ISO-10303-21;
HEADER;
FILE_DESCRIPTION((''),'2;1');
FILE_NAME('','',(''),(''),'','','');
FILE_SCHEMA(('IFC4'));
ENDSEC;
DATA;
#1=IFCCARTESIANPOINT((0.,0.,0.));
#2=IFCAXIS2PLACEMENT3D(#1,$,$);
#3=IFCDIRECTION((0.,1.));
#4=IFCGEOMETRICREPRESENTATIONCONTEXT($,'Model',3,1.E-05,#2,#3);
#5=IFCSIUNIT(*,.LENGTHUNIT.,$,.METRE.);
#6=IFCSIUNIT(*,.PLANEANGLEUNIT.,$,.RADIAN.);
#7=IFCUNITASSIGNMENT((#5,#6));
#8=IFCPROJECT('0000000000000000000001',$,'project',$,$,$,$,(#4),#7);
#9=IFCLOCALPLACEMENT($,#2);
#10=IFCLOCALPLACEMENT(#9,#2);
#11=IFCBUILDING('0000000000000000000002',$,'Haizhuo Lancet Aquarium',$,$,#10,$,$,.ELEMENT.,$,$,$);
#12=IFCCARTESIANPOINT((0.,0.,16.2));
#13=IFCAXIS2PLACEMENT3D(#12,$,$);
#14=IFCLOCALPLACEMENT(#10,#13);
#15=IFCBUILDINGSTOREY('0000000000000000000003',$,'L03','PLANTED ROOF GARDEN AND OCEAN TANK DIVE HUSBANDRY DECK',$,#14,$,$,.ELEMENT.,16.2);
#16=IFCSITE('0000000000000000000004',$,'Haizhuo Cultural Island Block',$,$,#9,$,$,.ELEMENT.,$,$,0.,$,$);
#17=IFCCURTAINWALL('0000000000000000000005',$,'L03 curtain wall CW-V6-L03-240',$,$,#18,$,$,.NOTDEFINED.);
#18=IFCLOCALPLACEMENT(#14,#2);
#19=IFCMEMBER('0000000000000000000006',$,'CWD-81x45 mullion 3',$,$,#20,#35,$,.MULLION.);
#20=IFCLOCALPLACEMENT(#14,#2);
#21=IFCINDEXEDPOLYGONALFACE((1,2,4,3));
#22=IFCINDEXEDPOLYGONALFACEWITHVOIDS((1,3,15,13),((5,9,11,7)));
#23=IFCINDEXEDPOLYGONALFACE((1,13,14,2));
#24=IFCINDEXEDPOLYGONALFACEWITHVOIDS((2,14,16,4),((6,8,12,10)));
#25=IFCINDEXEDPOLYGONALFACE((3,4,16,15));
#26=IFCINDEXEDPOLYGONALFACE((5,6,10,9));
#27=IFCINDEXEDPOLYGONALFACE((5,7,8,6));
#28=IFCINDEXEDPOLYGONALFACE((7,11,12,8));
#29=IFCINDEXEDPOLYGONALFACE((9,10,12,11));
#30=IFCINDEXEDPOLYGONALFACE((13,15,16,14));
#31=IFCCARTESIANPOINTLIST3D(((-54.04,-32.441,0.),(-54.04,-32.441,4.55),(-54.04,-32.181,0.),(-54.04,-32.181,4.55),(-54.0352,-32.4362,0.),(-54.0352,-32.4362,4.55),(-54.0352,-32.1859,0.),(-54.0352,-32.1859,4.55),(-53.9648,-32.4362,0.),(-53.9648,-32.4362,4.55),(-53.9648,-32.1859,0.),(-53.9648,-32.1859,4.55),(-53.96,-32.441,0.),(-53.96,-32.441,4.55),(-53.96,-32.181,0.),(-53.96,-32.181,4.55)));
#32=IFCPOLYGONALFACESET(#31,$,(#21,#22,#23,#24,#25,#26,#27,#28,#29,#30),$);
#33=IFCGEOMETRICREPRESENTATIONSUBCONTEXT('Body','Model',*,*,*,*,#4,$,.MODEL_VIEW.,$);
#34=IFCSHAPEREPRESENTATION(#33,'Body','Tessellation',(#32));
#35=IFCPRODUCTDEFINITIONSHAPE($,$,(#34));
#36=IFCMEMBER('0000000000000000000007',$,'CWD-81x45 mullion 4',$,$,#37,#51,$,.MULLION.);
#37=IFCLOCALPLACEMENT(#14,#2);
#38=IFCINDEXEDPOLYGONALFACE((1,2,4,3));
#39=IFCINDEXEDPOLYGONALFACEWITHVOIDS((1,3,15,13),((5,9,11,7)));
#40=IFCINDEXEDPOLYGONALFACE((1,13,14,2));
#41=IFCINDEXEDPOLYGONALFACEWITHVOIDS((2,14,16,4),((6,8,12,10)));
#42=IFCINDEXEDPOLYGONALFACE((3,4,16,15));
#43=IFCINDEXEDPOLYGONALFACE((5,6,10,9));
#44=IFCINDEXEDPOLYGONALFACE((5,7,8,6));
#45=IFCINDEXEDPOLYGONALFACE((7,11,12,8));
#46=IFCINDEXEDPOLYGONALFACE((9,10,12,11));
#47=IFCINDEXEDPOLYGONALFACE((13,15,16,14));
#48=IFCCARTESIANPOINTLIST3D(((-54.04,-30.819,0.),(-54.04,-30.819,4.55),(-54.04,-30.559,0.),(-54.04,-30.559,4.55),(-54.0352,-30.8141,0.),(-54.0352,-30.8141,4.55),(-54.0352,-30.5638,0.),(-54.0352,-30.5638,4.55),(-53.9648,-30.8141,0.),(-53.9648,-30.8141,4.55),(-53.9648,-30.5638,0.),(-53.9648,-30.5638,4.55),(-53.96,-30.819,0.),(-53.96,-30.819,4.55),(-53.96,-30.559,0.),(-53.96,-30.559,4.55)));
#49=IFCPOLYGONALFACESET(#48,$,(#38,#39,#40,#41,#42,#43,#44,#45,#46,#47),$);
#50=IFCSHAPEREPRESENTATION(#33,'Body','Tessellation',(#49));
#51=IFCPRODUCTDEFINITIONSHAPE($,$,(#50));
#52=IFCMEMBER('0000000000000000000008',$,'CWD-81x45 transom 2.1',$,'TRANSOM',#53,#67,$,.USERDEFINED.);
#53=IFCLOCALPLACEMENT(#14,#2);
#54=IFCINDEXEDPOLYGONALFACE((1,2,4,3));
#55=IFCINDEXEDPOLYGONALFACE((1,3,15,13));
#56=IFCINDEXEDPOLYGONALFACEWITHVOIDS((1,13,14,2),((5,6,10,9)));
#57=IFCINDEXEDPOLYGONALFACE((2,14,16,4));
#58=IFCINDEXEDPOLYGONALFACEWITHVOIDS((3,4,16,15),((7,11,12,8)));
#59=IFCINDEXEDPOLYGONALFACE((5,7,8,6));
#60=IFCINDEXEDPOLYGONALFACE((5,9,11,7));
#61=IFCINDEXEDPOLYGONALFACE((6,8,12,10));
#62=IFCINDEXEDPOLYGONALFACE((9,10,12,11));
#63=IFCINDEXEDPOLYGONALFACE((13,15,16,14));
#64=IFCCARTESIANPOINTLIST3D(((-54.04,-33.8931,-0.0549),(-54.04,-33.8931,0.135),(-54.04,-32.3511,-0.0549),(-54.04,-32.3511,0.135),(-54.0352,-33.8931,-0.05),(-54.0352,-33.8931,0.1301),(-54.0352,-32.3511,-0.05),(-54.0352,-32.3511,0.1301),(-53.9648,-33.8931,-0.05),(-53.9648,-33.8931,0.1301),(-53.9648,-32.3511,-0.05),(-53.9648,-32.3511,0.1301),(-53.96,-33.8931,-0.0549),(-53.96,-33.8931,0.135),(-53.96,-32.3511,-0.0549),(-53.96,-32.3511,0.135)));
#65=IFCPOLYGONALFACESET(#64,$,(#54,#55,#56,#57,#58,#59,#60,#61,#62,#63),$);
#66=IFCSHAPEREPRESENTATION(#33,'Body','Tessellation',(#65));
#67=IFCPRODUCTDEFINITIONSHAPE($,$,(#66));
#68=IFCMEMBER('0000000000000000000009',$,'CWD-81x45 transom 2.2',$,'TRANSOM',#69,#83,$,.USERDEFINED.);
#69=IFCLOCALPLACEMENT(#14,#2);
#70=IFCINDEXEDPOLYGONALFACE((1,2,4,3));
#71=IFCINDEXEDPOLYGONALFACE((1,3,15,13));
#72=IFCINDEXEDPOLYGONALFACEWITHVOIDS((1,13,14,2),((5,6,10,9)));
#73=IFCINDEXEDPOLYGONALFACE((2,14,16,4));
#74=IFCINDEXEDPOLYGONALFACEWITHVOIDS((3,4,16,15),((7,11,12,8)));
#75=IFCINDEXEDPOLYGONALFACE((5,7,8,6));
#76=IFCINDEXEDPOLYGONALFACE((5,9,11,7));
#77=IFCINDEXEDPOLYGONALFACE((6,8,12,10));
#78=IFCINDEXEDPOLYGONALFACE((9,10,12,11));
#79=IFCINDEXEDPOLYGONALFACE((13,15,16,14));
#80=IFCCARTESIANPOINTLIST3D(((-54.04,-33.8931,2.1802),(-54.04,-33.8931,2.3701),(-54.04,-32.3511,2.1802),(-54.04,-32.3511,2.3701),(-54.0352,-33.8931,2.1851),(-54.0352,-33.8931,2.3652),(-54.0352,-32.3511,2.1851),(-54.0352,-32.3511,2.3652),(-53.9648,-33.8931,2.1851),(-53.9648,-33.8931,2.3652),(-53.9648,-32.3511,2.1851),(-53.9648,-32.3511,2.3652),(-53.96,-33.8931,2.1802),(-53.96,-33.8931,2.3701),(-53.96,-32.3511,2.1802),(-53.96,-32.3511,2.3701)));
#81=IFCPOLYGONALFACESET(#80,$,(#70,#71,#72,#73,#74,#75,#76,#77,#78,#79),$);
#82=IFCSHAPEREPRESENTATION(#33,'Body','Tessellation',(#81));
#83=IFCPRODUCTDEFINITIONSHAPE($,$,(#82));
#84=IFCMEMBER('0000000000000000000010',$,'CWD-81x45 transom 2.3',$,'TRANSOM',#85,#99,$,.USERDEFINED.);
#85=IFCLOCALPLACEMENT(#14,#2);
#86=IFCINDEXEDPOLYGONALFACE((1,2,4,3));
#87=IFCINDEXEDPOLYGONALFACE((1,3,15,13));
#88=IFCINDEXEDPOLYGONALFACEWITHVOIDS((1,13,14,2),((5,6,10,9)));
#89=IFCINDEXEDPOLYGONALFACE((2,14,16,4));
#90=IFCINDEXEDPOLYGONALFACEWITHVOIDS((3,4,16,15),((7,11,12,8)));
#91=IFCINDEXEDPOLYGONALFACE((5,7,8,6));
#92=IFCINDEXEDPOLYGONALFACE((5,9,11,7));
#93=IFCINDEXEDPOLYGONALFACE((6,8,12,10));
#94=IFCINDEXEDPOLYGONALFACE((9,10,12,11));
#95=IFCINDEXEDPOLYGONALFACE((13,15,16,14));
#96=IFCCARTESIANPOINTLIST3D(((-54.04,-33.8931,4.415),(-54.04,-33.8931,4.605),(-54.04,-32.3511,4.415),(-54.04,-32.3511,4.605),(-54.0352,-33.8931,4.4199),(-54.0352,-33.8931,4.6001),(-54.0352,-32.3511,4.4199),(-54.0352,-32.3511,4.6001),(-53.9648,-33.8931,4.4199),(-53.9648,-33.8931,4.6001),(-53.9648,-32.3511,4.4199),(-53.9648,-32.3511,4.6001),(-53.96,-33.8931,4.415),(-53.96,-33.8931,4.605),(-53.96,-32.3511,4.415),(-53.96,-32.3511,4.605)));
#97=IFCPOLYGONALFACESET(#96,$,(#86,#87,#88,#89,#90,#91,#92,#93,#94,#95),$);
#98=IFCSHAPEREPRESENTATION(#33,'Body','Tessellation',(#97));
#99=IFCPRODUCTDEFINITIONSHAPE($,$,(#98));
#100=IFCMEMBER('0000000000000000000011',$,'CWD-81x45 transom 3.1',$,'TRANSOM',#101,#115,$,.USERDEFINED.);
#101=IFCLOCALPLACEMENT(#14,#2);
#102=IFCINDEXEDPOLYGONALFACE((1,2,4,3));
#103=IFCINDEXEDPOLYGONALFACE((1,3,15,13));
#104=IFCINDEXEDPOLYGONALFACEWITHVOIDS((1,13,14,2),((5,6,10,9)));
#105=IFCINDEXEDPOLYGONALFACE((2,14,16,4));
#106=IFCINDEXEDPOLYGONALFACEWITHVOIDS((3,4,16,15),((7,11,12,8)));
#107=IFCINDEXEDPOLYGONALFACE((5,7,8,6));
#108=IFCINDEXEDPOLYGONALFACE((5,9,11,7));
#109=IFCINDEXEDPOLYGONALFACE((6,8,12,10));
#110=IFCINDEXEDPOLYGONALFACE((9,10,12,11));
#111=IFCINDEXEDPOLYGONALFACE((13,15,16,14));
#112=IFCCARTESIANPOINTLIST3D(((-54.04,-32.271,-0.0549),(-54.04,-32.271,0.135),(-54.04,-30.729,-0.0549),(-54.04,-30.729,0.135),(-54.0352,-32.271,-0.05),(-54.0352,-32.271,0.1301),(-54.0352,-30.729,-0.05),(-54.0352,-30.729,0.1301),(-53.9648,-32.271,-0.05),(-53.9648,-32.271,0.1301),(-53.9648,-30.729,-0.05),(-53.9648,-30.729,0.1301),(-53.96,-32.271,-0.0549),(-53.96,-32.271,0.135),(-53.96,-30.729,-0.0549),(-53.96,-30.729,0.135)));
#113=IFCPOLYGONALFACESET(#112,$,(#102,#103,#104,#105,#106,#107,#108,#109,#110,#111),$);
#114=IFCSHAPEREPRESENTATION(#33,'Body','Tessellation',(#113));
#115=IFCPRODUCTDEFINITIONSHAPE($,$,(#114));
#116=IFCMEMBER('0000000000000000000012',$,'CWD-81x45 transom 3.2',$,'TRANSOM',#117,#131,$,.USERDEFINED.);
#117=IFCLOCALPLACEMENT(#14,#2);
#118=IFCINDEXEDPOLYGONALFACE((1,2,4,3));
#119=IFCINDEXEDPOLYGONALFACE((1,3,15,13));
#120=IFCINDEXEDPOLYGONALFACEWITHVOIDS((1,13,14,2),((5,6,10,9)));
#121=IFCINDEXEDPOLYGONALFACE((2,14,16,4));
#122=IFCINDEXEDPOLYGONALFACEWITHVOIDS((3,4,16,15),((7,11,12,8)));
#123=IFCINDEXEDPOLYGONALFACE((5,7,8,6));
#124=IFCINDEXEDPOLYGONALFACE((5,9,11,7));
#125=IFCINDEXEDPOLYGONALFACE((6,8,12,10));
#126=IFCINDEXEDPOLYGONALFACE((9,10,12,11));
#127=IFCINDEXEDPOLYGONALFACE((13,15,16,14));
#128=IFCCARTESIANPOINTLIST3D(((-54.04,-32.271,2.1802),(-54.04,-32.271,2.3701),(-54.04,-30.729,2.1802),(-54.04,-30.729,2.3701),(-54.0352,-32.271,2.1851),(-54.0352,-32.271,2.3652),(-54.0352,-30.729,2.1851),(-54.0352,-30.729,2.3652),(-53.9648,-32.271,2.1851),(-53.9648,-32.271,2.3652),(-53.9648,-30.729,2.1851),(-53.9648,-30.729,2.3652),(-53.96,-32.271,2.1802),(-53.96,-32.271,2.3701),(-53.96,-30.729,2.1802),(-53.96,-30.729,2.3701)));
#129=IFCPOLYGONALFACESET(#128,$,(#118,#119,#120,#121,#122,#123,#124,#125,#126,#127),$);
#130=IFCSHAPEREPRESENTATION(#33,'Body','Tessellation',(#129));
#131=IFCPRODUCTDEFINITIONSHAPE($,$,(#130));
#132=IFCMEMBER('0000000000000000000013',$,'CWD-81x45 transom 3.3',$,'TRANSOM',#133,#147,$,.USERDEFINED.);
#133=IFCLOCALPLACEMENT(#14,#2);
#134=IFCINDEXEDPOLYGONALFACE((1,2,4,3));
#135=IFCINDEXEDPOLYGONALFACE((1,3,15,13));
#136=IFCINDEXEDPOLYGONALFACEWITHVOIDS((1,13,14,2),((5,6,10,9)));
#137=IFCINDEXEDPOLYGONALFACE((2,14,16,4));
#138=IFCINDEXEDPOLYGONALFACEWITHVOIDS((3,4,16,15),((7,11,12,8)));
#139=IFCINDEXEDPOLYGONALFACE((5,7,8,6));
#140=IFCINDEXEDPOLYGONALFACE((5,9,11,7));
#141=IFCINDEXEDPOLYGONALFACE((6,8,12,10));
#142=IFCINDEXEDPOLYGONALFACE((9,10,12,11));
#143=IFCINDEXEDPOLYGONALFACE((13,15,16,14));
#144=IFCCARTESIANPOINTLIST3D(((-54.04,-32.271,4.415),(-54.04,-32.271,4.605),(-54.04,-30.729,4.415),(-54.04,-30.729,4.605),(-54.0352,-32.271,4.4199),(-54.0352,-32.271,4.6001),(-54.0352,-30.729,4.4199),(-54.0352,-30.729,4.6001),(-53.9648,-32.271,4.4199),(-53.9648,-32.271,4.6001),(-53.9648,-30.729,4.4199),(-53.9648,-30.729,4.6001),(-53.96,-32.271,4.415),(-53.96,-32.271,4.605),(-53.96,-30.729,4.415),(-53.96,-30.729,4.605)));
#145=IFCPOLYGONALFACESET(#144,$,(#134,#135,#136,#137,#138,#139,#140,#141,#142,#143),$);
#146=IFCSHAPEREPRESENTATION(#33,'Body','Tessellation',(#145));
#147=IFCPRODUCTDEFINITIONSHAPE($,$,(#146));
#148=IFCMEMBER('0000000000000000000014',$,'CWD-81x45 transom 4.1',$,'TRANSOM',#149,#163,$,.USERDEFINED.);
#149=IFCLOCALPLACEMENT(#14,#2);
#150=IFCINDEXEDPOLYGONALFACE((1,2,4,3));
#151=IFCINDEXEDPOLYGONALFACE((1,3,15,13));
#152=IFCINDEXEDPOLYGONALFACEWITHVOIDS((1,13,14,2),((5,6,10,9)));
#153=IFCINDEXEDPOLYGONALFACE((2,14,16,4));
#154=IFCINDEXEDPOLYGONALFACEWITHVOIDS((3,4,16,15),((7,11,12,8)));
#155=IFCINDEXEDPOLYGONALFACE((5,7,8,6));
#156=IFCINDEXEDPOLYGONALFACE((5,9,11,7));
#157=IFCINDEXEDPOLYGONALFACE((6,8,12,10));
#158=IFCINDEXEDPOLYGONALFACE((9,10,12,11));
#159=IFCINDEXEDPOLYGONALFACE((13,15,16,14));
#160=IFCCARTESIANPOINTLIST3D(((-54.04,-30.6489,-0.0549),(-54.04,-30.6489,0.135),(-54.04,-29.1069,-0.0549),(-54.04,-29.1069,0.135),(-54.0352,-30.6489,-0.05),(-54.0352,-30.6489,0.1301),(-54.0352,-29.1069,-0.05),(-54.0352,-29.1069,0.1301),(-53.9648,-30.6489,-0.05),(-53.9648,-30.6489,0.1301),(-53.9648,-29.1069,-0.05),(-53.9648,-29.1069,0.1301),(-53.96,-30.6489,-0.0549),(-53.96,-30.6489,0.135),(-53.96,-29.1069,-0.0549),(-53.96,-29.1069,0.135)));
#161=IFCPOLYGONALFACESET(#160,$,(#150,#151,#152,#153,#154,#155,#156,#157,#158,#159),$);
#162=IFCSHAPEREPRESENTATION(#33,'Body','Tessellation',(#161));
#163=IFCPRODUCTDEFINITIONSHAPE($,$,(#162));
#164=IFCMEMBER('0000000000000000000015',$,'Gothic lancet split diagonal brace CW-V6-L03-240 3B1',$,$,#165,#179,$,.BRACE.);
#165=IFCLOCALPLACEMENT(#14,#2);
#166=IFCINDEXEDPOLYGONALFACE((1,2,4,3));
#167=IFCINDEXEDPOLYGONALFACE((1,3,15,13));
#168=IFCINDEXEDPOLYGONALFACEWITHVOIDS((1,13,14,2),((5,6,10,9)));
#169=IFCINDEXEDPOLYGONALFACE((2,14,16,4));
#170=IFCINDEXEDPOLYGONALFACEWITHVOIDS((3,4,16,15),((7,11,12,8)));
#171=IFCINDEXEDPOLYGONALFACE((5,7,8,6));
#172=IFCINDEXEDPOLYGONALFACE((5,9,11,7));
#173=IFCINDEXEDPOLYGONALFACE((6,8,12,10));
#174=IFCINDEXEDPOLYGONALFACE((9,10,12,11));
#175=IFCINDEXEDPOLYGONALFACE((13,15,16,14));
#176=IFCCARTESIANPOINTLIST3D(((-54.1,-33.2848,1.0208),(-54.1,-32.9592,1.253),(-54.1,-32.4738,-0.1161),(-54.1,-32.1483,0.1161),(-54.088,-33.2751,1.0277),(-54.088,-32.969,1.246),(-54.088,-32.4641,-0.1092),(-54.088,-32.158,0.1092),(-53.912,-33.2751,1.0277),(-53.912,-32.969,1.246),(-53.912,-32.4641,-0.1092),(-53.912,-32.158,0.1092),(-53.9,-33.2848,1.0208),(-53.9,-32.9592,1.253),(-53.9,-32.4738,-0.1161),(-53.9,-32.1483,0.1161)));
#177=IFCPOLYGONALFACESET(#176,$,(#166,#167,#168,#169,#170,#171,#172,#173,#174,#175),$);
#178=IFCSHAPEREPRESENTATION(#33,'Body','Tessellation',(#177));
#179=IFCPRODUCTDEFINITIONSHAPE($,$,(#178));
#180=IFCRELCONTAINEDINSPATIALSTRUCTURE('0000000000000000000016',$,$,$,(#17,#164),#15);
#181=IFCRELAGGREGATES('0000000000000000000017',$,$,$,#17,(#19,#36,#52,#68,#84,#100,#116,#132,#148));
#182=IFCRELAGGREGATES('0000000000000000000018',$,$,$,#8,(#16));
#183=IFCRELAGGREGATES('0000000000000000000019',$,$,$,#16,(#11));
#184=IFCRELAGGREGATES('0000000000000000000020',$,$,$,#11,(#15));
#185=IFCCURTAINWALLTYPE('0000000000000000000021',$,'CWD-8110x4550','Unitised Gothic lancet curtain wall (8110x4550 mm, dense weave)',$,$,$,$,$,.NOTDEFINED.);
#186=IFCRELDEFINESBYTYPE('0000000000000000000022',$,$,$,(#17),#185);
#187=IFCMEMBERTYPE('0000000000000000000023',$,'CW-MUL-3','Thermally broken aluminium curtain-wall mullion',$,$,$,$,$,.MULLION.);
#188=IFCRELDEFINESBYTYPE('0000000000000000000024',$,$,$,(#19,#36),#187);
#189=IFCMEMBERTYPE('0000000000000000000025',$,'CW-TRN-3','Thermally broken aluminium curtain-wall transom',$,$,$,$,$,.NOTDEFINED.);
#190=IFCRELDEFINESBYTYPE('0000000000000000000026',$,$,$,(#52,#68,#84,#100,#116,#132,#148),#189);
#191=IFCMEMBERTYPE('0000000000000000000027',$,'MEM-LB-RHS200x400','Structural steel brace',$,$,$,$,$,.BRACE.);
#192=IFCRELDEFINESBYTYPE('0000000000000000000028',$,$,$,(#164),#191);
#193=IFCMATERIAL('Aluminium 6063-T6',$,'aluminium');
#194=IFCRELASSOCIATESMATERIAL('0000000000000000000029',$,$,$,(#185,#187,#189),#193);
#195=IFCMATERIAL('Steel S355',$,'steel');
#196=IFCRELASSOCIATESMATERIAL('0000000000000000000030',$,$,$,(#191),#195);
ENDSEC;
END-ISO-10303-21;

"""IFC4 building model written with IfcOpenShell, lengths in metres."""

from ifc_helpers import new_model, si_unit, direction, frame, origin, origin_2d, place, context, subcontext, project, spatial, hollow_rectangle, extrude, material, material_profile, profile_set, type_object, element, aggregate, save


model = new_model("IFC4")

# Units and contexts
model_context = context("Model", 3, precision=1e-05, world=origin(), true_north=direction((0.0, 1.0)))
body_context = subcontext(model_context, "Body", "Model", "MODEL_VIEW")
ifc_project = project(units=[si_unit("LENGTHUNIT", "METRE"), si_unit("PLANEANGLEUNIT", "RADIAN")], contexts=[model_context])

# Site, building, storey
site_placement = place(None, origin())
site = spatial("IfcSite", under=ifc_project, at=site_placement, Name="Haizhuo Cultural Island Block", CompositionType="ELEMENT", RefElevation=0.0)
building_placement = place(site_placement, origin())
building = spatial("IfcBuilding", under=site, at=building_placement, Name="Haizhuo Lancet Aquarium", CompositionType="ELEMENT")
storey_placement = place(building_placement, frame((0.0, 0.0, 16.2)))
storey = spatial("IfcBuildingStorey", under=building, at=storey_placement, Name="L03", Description="PLANTED ROOF GARDEN AND OCEAN TANK DIVE HUSBANDRY DECK", CompositionType="ELEMENT", Elevation=16.2)

# Curtain wall, members
ifc_material_1 = material(Name="Aluminium 6063-T6", Category="aluminium")
curtain_wall_type = type_object("IfcCurtainWallType", Name="CWD-8110x4550", Description="Unitised Gothic lancet curtain wall (8110x4550 mm, dense weave)", PredefinedType="NOTDEFINED", material=ifc_material_1)
curtain_wall_placement = place(storey_placement, origin())
curtain_wall = element("IfcCurtainWall", 1, at=curtain_wall_placement, inside=storey, type_object=curtain_wall_type, Name="L03 curtain wall CW-V6-L03-240", PredefinedType="NOTDEFINED")
ifc_material_profile_1 = material_profile(ifc_material_1, hollow_rectangle(XDim=0.0801, YDim=0.26, WallThickness=0.0049, at=origin_2d()), Name="ALU-M 80x260x5")
ifc_profile_set_1 = profile_set([ifc_material_profile_1], Name="Aluminium 6063-T6")
member_type_1 = type_object("IfcMemberType", Name="CW-MUL-3", Description="Thermally broken aluminium curtain-wall mullion", PredefinedType="MULLION", material=ifc_profile_set_1)
member_1_placement = place(storey_placement, frame((-54.0, -32.311, 0.0), z_axis=(0.0, 0.0, 1.0), x_axis=(-1.0, 0.0, 0.0)))
member_1 = element("IfcMember", 2, at=member_1_placement, type_object=member_type_1, Name="CWD-81x45 mullion 3", PredefinedType="MULLION", context=body_context, shape_type="SweptSolid", body=[
    extrude(hollow_rectangle(XDim=0.0801, YDim=0.26, WallThickness=0.0049, at=origin_2d()), origin(), (0.0, 0.0, 1.0), 4.55),
])
member_2_placement = place(storey_placement, frame((-54.0, -30.689, 0.0), z_axis=(0.0, 0.0, 1.0), x_axis=(-1.0, 0.0, 0.0)))
member_2 = element("IfcMember", 3, at=member_2_placement, type_object=member_type_1, Name="CWD-81x45 mullion 4", PredefinedType="MULLION", context=body_context, shape_type="SweptSolid", body=[
    extrude(hollow_rectangle(XDim=0.0801, YDim=0.26, WallThickness=0.0049, at=origin_2d()), origin(), (0.0, 0.0, 1.0), 4.55),
])
ifc_material_profile_2 = material_profile(ifc_material_1, hollow_rectangle(XDim=0.0801, YDim=0.1899, WallThickness=0.0049, at=origin_2d()), Name="ALU-T 80x190x5")
ifc_profile_set_2 = profile_set([ifc_material_profile_2], Name="Aluminium 6063-T6")
member_type_2 = type_object("IfcMemberType", Name="CW-TRN-3", Description="Thermally broken aluminium curtain-wall transom", PredefinedType="NOTDEFINED", material=ifc_profile_set_2)
member_3_placement = place(storey_placement, frame((-54.0, -33.8931, 0.04), z_axis=(0.0, 1.0, 0.0), x_axis=(-1.0, 0.0, 0.0)))
member_3 = element("IfcMember", 4, at=member_3_placement, type_object=member_type_2, Name="CWD-81x45 transom 2.1", ObjectType="TRANSOM", PredefinedType="USERDEFINED", context=body_context, shape_type="SweptSolid", body=[
    extrude(hollow_rectangle(XDim=0.0801, YDim=0.1899, WallThickness=0.0049, at=origin_2d()), origin(), (0.0, 0.0, 1.0), 1.542),
])
member_4_placement = place(storey_placement, frame((-54.0, -33.8931, 2.2751), z_axis=(0.0, 1.0, 0.0), x_axis=(-1.0, 0.0, 0.0)))
member_4 = element("IfcMember", 5, at=member_4_placement, type_object=member_type_2, Name="CWD-81x45 transom 2.2", ObjectType="TRANSOM", PredefinedType="USERDEFINED", context=body_context, shape_type="SweptSolid", body=[
    extrude(hollow_rectangle(XDim=0.0801, YDim=0.1899, WallThickness=0.0049, at=origin_2d()), origin(), (0.0, 0.0, 1.0), 1.542),
])
member_5_placement = place(storey_placement, frame((-54.0, -33.8931, 4.51), z_axis=(0.0, 1.0, 0.0), x_axis=(-1.0, 0.0, 0.0)))
member_5 = element("IfcMember", 6, at=member_5_placement, type_object=member_type_2, Name="CWD-81x45 transom 2.3", ObjectType="TRANSOM", PredefinedType="USERDEFINED", context=body_context, shape_type="SweptSolid", body=[
    extrude(hollow_rectangle(XDim=0.0801, YDim=0.1899, WallThickness=0.0049, at=origin_2d()), origin(), (0.0, 0.0, 1.0), 1.542),
])
member_6_placement = place(storey_placement, frame((-54.0, -32.271, 0.04), z_axis=(0.0, 1.0, 0.0), x_axis=(-1.0, 0.0, 0.0)))
member_6 = element("IfcMember", 7, at=member_6_placement, type_object=member_type_2, Name="CWD-81x45 transom 3.1", ObjectType="TRANSOM", PredefinedType="USERDEFINED", context=body_context, shape_type="SweptSolid", body=[
    extrude(hollow_rectangle(XDim=0.0801, YDim=0.1899, WallThickness=0.0049, at=origin_2d()), origin(), (0.0, 0.0, 1.0), 1.542),
])
member_7_placement = place(storey_placement, frame((-54.0, -32.271, 2.2751), z_axis=(0.0, 1.0, 0.0), x_axis=(-1.0, 0.0, 0.0)))
member_7 = element("IfcMember", 8, at=member_7_placement, type_object=member_type_2, Name="CWD-81x45 transom 3.2", ObjectType="TRANSOM", PredefinedType="USERDEFINED", context=body_context, shape_type="SweptSolid", body=[
    extrude(hollow_rectangle(XDim=0.0801, YDim=0.1899, WallThickness=0.0049, at=origin_2d()), origin(), (0.0, 0.0, 1.0), 1.542),
])
member_8_placement = place(storey_placement, frame((-54.0, -32.271, 4.51), z_axis=(0.0, 1.0, 0.0), x_axis=(-1.0, 0.0, 0.0)))
member_8 = element("IfcMember", 9, at=member_8_placement, type_object=member_type_2, Name="CWD-81x45 transom 3.3", ObjectType="TRANSOM", PredefinedType="USERDEFINED", context=body_context, shape_type="SweptSolid", body=[
    extrude(hollow_rectangle(XDim=0.0801, YDim=0.1899, WallThickness=0.0049, at=origin_2d()), origin(), (0.0, 0.0, 1.0), 1.542),
])
member_9_placement = place(storey_placement, frame((-54.0, -30.6489, 0.04), z_axis=(0.0, 1.0, 0.0), x_axis=(-1.0, 0.0, 0.0)))
member_9 = element("IfcMember", 10, at=member_9_placement, type_object=member_type_2, Name="CWD-81x45 transom 4.1", ObjectType="TRANSOM", PredefinedType="USERDEFINED", context=body_context, shape_type="SweptSolid", body=[
    extrude(hollow_rectangle(XDim=0.0801, YDim=0.1899, WallThickness=0.0049, at=origin_2d()), origin(), (0.0, 0.0, 1.0), 1.542),
])

# Member
ifc_material_2 = material(Name="Steel S355", Category="steel")
ifc_material_profile_3 = material_profile(ifc_material_2, hollow_rectangle(XDim=0.2, YDim=0.3999, WallThickness=0.012, at=origin_2d()), Name="RHS 200x400x12")
ifc_profile_set_3 = profile_set([ifc_material_profile_3], Name="Steel S355")
member_type_3 = type_object("IfcMemberType", Name="MEM-LB-RHS200x400", Description="Structural steel brace", PredefinedType="BRACE", material=ifc_profile_set_3)
member_10_placement = place(storey_placement, frame((-54.0, -32.311, 0.0), z_axis=(0.0, -0.580725, 0.814099), x_axis=(1.0, 0.0, 0.0)))
element("IfcMember", 11, at=member_10_placement, inside=storey, type_object=member_type_3, Name="Gothic lancet split diagonal brace CW-V6-L03-240 3B1", PredefinedType="BRACE", context=body_context, shape_type="SweptSolid", body=[
    extrude(hollow_rectangle(XDim=0.2, YDim=0.3999, WallThickness=0.012, at=origin_2d()), origin(), (0.0, 0.0, 1.0), 1.3965),
])

aggregate(curtain_wall, [member_1, member_2, member_3, member_4, member_5, member_6, member_7, member_8, member_9])

save(model, "model.ifc")
